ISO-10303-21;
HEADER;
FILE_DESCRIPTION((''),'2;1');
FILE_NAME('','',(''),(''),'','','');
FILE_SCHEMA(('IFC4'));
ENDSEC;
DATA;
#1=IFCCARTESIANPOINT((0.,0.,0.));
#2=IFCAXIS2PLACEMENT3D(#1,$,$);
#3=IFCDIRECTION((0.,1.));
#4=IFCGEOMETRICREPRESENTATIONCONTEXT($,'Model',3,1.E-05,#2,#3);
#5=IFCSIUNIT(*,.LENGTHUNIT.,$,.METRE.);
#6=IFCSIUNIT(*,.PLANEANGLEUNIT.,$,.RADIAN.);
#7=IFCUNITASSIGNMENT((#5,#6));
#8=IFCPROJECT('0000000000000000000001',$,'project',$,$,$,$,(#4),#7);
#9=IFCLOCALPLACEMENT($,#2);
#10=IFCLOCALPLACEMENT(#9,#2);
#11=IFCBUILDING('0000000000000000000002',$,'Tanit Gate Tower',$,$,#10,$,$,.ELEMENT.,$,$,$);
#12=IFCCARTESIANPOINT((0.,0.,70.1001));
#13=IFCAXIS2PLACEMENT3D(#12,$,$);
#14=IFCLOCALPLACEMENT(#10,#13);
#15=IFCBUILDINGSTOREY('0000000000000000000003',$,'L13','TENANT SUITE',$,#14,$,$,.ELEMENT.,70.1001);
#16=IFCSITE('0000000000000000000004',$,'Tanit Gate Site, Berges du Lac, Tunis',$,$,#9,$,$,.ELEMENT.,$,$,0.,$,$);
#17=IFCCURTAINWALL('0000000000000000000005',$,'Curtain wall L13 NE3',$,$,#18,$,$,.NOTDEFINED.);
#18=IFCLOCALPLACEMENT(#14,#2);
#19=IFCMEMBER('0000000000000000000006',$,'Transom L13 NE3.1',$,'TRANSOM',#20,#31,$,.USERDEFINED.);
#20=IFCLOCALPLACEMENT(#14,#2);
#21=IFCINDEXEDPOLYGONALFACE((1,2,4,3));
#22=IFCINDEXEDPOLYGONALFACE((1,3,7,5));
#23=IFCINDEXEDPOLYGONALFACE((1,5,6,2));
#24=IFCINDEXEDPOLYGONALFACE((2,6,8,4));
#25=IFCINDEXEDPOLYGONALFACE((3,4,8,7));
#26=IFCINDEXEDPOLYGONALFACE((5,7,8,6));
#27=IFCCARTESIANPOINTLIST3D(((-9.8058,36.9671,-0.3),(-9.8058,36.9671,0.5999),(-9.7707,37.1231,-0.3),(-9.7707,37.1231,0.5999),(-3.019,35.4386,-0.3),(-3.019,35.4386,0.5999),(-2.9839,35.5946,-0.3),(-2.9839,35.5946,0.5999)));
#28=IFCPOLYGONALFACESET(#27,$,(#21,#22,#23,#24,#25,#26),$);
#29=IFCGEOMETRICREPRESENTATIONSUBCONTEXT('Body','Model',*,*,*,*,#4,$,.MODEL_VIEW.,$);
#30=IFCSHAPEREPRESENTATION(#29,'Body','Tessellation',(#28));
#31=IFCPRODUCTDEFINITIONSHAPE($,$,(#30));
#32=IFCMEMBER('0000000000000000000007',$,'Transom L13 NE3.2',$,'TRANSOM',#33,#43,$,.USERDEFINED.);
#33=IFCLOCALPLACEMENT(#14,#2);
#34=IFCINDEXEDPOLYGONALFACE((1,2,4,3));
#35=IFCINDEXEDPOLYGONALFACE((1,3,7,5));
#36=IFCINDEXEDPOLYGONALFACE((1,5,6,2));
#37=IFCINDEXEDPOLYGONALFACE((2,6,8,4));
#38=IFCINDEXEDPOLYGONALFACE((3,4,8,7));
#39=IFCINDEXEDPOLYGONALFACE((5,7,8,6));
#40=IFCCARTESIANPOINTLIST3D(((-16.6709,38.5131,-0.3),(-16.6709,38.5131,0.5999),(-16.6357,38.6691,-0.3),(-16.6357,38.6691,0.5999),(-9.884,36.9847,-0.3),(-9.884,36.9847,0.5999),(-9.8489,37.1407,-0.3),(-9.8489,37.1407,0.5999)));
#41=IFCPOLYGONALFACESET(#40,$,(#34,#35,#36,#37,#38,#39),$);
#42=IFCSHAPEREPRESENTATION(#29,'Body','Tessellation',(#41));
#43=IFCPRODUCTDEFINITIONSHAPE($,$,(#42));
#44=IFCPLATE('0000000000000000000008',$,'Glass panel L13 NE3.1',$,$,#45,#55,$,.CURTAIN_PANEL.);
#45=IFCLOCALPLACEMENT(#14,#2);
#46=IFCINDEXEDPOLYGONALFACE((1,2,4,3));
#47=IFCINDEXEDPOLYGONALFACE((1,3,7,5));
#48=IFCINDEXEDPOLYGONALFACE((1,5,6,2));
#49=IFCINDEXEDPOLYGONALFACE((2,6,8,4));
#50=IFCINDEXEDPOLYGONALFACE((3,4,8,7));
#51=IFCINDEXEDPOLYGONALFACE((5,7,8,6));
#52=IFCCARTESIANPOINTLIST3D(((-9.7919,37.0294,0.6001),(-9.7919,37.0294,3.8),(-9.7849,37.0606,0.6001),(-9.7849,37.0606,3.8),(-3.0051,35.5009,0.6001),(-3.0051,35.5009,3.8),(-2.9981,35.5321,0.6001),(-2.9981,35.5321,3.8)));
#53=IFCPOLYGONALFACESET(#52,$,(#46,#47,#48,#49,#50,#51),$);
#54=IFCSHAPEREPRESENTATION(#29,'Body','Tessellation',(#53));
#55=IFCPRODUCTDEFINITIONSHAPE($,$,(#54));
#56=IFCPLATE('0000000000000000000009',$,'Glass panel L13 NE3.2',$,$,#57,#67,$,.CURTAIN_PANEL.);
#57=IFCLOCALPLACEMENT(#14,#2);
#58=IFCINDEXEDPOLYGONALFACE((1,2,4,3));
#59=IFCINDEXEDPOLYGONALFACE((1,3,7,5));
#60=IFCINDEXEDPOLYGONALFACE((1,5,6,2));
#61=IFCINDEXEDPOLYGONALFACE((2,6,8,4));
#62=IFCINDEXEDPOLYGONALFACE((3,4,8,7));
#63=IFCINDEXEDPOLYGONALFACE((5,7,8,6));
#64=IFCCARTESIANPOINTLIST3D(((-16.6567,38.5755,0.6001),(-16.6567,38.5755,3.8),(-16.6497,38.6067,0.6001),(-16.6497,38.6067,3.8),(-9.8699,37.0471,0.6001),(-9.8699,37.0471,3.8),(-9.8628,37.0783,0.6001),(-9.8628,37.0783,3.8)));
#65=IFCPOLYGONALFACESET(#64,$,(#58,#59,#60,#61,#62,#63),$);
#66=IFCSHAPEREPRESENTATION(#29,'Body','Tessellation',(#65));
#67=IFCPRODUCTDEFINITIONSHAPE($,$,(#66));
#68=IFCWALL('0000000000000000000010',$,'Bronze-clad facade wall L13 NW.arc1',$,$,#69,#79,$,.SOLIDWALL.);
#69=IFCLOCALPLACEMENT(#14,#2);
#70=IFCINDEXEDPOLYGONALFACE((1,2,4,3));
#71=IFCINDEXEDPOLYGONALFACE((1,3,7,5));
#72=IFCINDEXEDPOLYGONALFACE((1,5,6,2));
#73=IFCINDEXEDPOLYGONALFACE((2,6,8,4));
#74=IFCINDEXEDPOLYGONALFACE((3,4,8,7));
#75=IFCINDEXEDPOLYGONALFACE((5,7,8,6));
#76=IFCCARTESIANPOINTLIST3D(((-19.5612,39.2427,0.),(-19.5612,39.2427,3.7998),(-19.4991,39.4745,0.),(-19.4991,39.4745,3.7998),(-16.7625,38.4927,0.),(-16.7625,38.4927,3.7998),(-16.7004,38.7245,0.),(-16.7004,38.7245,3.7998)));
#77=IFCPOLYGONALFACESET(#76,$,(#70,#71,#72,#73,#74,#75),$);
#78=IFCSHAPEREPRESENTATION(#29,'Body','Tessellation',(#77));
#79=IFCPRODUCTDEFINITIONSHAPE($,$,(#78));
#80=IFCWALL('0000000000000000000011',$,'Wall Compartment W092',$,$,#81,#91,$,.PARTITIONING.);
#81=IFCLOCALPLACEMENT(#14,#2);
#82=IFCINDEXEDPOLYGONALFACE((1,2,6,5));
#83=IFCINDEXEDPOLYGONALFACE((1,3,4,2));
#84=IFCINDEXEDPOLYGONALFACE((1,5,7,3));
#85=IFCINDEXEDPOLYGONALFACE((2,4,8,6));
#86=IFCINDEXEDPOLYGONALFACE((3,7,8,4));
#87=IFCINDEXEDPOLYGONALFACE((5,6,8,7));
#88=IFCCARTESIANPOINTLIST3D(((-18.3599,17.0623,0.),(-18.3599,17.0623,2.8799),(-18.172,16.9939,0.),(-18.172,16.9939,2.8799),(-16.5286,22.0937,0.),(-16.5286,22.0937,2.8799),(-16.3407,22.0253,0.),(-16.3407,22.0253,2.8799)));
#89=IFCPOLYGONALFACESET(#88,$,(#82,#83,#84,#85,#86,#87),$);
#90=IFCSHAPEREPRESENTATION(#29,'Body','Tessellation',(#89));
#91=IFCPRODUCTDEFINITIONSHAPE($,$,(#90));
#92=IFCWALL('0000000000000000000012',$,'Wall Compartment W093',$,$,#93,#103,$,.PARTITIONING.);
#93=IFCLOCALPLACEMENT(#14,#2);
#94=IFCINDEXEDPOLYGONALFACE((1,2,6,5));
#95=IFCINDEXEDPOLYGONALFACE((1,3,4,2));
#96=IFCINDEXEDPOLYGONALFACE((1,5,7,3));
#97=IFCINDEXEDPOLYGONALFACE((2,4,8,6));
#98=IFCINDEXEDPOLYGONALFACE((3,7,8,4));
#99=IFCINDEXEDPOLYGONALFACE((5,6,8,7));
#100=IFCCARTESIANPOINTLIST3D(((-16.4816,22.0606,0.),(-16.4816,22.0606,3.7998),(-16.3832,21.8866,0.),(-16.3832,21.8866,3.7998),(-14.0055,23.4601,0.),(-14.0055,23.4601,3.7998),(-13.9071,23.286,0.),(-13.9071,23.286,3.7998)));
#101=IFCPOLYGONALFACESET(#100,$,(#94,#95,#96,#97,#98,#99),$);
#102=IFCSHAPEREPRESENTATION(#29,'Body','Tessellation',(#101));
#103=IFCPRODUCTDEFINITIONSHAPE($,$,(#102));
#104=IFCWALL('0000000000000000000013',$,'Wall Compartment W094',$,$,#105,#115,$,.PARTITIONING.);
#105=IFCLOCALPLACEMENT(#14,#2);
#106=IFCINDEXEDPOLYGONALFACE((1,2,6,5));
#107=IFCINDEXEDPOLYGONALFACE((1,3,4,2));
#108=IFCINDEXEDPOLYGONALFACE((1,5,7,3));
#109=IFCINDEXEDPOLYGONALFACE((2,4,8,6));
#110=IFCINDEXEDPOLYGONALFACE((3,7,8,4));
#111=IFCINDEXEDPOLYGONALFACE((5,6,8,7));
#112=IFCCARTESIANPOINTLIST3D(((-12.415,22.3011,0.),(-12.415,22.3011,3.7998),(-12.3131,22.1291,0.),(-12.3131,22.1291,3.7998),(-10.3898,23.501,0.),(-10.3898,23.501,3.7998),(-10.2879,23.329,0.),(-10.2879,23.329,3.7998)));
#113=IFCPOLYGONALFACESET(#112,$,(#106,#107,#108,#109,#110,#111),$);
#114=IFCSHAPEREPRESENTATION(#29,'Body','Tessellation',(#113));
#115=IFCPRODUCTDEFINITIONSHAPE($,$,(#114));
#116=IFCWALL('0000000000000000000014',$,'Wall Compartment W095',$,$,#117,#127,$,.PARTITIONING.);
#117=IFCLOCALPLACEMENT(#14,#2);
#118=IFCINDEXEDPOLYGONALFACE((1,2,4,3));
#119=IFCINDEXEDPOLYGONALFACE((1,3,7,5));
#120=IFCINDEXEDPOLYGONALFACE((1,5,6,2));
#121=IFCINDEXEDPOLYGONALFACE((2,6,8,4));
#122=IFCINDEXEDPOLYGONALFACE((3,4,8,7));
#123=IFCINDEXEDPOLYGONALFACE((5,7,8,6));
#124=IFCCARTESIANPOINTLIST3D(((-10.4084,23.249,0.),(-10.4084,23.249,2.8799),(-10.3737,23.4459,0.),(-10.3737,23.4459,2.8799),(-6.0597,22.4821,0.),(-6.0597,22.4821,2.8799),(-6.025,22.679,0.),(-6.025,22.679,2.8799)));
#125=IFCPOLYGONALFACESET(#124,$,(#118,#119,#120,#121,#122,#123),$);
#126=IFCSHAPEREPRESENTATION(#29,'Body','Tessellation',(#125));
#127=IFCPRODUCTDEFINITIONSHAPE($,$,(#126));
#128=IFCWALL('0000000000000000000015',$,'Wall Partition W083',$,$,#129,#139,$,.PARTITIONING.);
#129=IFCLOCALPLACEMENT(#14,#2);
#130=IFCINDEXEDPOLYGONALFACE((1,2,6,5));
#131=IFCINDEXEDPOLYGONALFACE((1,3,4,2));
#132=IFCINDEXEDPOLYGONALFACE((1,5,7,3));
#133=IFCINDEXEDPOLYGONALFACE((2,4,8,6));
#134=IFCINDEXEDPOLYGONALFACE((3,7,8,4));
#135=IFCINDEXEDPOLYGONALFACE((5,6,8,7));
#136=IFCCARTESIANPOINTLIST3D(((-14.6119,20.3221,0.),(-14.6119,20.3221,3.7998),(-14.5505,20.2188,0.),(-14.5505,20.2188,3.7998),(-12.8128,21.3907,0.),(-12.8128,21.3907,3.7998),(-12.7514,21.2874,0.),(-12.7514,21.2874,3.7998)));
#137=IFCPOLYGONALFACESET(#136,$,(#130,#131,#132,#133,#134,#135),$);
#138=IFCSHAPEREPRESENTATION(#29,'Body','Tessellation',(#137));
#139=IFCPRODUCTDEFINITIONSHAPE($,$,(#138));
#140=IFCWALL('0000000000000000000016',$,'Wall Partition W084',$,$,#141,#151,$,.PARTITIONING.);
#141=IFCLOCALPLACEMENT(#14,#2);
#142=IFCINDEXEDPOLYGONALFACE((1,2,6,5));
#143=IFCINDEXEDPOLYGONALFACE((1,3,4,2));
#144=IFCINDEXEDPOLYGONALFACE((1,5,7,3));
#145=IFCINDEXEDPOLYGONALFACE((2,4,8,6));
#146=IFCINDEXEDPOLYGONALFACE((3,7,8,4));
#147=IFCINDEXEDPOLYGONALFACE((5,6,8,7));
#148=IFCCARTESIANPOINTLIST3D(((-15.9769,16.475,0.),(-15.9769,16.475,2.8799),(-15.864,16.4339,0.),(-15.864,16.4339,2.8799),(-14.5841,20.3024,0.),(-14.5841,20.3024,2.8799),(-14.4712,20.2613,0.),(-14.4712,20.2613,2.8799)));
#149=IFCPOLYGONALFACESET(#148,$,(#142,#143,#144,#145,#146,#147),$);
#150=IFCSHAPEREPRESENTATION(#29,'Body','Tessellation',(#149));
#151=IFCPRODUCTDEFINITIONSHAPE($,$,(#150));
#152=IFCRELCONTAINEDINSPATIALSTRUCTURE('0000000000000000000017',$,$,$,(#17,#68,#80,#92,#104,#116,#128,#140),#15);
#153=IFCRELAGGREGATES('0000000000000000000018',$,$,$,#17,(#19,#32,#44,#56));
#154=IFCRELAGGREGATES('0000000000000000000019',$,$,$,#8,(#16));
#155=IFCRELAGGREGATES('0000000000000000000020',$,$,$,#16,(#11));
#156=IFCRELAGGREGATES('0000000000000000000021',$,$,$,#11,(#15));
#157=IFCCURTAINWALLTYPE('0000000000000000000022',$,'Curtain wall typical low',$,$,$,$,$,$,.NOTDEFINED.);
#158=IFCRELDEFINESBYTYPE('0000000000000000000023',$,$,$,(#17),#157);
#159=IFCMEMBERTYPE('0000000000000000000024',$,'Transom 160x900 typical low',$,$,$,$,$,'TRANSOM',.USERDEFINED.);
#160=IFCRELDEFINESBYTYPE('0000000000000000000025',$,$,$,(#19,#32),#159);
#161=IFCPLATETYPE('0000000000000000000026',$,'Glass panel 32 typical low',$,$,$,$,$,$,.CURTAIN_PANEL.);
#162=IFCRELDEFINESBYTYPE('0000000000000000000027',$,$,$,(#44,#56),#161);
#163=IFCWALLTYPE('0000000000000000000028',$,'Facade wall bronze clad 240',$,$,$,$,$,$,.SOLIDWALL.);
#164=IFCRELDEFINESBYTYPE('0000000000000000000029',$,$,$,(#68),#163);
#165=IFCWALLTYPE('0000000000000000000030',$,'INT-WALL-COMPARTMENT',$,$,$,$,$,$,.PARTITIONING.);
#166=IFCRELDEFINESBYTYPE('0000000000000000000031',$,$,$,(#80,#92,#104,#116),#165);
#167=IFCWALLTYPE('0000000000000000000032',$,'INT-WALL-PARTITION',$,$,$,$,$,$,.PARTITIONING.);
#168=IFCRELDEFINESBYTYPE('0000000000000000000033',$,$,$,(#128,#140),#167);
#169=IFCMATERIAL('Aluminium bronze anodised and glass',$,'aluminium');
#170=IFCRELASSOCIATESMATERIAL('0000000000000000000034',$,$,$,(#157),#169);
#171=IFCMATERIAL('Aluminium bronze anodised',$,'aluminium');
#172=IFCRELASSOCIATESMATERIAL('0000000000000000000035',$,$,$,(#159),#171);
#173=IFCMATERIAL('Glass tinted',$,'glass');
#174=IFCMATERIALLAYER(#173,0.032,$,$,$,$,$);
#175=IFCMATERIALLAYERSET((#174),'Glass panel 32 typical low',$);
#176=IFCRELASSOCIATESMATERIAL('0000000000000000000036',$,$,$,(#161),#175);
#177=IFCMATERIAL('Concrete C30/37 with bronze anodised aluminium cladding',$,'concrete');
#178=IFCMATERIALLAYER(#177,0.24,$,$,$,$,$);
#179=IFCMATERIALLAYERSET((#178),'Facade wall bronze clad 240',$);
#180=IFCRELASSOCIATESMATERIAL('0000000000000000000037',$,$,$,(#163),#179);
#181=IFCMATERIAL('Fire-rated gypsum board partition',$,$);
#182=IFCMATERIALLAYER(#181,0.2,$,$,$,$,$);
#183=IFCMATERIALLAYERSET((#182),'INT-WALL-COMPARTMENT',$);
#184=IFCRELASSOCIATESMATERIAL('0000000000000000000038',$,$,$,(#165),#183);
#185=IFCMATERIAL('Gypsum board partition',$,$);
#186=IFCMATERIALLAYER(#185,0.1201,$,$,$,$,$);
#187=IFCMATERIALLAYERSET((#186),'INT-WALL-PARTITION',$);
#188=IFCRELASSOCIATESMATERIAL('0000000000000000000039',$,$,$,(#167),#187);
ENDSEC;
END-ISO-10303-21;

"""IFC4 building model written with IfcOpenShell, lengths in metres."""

from ifc_helpers import new_model, si_unit, direction, frame, frame_2d, origin, origin_2d, place, context, subcontext, project, spatial, rectangle, extrude, material, layer, layer_set, material_profile, profile_set, type_object, element, aggregate, save


model = new_model("IFC4")

# Units and contexts
model_context = context("Model", 3, precision=1e-05, world=origin(), true_north=direction((0.0, 1.0)))
body_context = subcontext(model_context, "Body", "Model", "MODEL_VIEW")
ifc_project = project(units=[si_unit("LENGTHUNIT", "METRE"), si_unit("PLANEANGLEUNIT", "RADIAN")], contexts=[model_context])

# Site, building, storey
site_placement = place(None, origin())
site = spatial("IfcSite", under=ifc_project, at=site_placement, Name="Tanit Gate Site, Berges du Lac, Tunis", CompositionType="ELEMENT", RefElevation=0.0)
building_placement = place(site_placement, origin())
building = spatial("IfcBuilding", under=site, at=building_placement, Name="Tanit Gate Tower", CompositionType="ELEMENT")
storey_placement = place(building_placement, frame((0.0, 0.0, 70.1001)))
storey = spatial("IfcBuildingStorey", under=building, at=storey_placement, Name="L13", Description="TENANT SUITE", CompositionType="ELEMENT", Elevation=70.1001)

# Curtain wall
ifc_material_1 = material(Name="Aluminium bronze anodised and glass", Category="aluminium")
curtain_wall_type = type_object("IfcCurtainWallType", Name="Curtain wall typical low", PredefinedType="NOTDEFINED", material=ifc_material_1)
curtain_wall_1_placement = place(storey_placement, origin())
curtain_wall_1 = element("IfcCurtainWall", 1, at=curtain_wall_1_placement, inside=storey, type_object=curtain_wall_type, Name="Curtain wall L13 NE3", PredefinedType="NOTDEFINED")

# Members
ifc_material_2 = material(Name="Aluminium bronze anodised", Category="aluminium")
ifc_material_profile_1 = material_profile(ifc_material_2, rectangle(XDim=0.1599, YDim=0.8999, at=origin_2d()), Name="160x900 bronze transom")
ifc_profile_set_1 = profile_set([ifc_material_profile_1], Name="Aluminium bronze anodised")
member_type_1 = type_object("IfcMemberType", Name="Transom 160x900 typical low", ElementType="TRANSOM", PredefinedType="USERDEFINED", material=ifc_profile_set_1)
member_1_placement = place(storey_placement, frame((-3.0015, 35.5166, 0.1499), z_axis=(-0.975563, 0.21972, 0.0), x_axis=(-0.21972, -0.975563, 0.0)))
member_1 = element("IfcMember", 2, at=member_1_placement, type_object=member_type_1, Name="Transom L13 NE3.1", ObjectType="TRANSOM", PredefinedType="USERDEFINED", context=body_context, shape_type="SweptSolid", body=[
    extrude(rectangle(XDim=0.1599, YDim=0.8999, at=origin_2d()), origin(), (0.0, 0.0, 1.0), 6.9568),
])
member_2_placement = place(storey_placement, frame((-9.8665, 37.0627, 0.1499), z_axis=(-0.97557, 0.219687, 0.0), x_axis=(-0.219687, -0.97557, 0.0)))
member_2 = element("IfcMember", 3, at=member_2_placement, type_object=member_type_1, Name="Transom L13 NE3.2", ObjectType="TRANSOM", PredefinedType="USERDEFINED", context=body_context, shape_type="SweptSolid", body=[
    extrude(rectangle(XDim=0.1599, YDim=0.8999, at=origin_2d()), origin(), (0.0, 0.0, 1.0), 6.9568),
])

# Plates
ifc_material_3 = material(Name="Glass tinted", Category="glass")
ifc_layer_1 = layer(ifc_material_3, 0.032)
ifc_layer_set_1 = layer_set([ifc_layer_1], Name="Glass panel 32 typical low")
plate_type = type_object("IfcPlateType", Name="Glass panel 32 typical low", PredefinedType="CURTAIN_PANEL", material=ifc_layer_set_1)
plate_1_placement = place(storey_placement, frame((-6.395, 36.2808, 0.6001), z_axis=(0.0, 0.0, 1.0), x_axis=(-0.975566, 0.219705, 0.0)))
plate_1 = element("IfcPlate", 4, at=plate_1_placement, type_object=plate_type, Name="Glass panel L13 NE3.1", PredefinedType="CURTAIN_PANEL", context=body_context, shape_type="SweptSolid", body=[
    extrude(rectangle(XDim=6.9568, YDim=0.032, at=origin_2d()), origin(), (0.0, 0.0, 1.0), 3.2),
])
plate_2_placement = place(storey_placement, frame((-13.2598, 37.8269, 0.6001), z_axis=(0.0, 0.0, 1.0), x_axis=(-0.975566, 0.219705, 0.0)))
plate_2 = element("IfcPlate", 5, at=plate_2_placement, type_object=plate_type, Name="Glass panel L13 NE3.2", PredefinedType="CURTAIN_PANEL", context=body_context, shape_type="SweptSolid", body=[
    extrude(rectangle(XDim=6.9568, YDim=0.032, at=origin_2d()), origin(), (0.0, 0.0, 1.0), 3.2),
])
aggregate(curtain_wall_1, [member_1, member_2, plate_1, plate_2])

# Walls
ifc_material_4 = material(Name="Concrete C30/37 with bronze anodised aluminium cladding", Category="concrete")
ifc_layer_2 = layer(ifc_material_4, 0.24)
ifc_layer_set_2 = layer_set([ifc_layer_2], Name="Facade wall bronze clad 240")
wall_type_1 = type_object("IfcWallType", Name="Facade wall bronze clad 240", PredefinedType="SOLIDWALL", material=ifc_layer_set_2)
wall_1_placement = place(storey_placement, frame((-16.7314, 38.6086, 0.0), z_axis=(0.0, 0.0, 1.0), x_axis=(-0.965921, 0.258837, 0.0)))
element("IfcWall", 6, at=wall_1_placement, inside=storey, type_object=wall_type_1, Name="Bronze-clad facade wall L13 NW.arc1", PredefinedType="SOLIDWALL", context=body_context, shape_type="SweptSolid", body=[
    extrude(rectangle(XDim=2.8975, YDim=0.24, at=frame_2d((1.4487, 0.0))), origin(), (0.0, 0.0, 1.0), 3.7998),
])
ifc_material_5 = material(Name="Fire-rated gypsum board partition")
ifc_layer_3 = layer(ifc_material_5, 0.2)
ifc_layer_set_3 = layer_set([ifc_layer_3], Name="INT-WALL-COMPARTMENT")
wall_type_2 = type_object("IfcWallType", Name="INT-WALL-COMPARTMENT", PredefinedType="PARTITIONING", material=ifc_layer_set_3)
wall_2_placement = place(storey_placement, frame((-16.4346, 22.0596, 0.0), z_axis=(0.0, 0.0, 1.0), x_axis=(-0.342032, -0.939688, 0.0)))
element("IfcWall", 7, at=wall_2_placement, inside=storey, type_object=wall_type_2, Name="Wall Compartment W092", PredefinedType="PARTITIONING", context=body_context, shape_type="SweptSolid", body=[
    extrude(rectangle(XDim=5.3542, YDim=0.2, at=frame_2d((2.6772, 0.0))), origin(), (0.0, 0.0, 1.0), 2.8799),
])
wall_3_placement = place(storey_placement, frame((-13.9563, 23.373, 0.0), z_axis=(0.0, 0.0, 1.0), x_axis=(-0.870579, -0.492029, 0.0)))
element("IfcWall", 8, at=wall_3_placement, inside=storey, type_object=wall_type_2, Name="Wall Compartment W093", PredefinedType="PARTITIONING", context=body_context, shape_type="SweptSolid", body=[
    extrude(rectangle(XDim=2.8442, YDim=0.2, at=frame_2d((1.4221, 0.0))), origin(), (0.0, 0.0, 1.0), 3.7998),
])
wall_4_placement = place(storey_placement, frame((-10.3389, 23.415, 0.0), z_axis=(0.0, 0.0, 1.0), x_axis=(-0.860317, -0.50976, 0.0)))
element("IfcWall", 9, at=wall_4_placement, inside=storey, type_object=wall_type_2, Name="Wall Compartment W094", PredefinedType="PARTITIONING", context=body_context, shape_type="SweptSolid", body=[
    extrude(rectangle(XDim=2.354, YDim=0.2, at=frame_2d((1.177, 0.0))), origin(), (0.0, 0.0, 1.0), 3.7998),
])
wall_5_placement = place(storey_placement, frame((-6.0422, 22.5806, 0.0), z_axis=(0.0, 0.0, 1.0), x_axis=(-0.984805, 0.173662, 0.0)))
element("IfcWall", 10, at=wall_5_placement, inside=storey, type_object=wall_type_2, Name="Wall Compartment W095", PredefinedType="PARTITIONING", context=body_context, shape_type="SweptSolid", body=[
    extrude(rectangle(XDim=4.4158, YDim=0.2, at=frame_2d((2.208, 0.0))), origin(), (0.0, 0.0, 1.0), 2.8799),
])
ifc_material_6 = material(Name="Gypsum board partition")
ifc_layer_4 = layer(ifc_material_6, 0.1201)
ifc_layer_set_4 = layer_set([ifc_layer_4], Name="INT-WALL-PARTITION")
wall_type_3 = type_object("IfcWallType", Name="INT-WALL-PARTITION", PredefinedType="PARTITIONING", material=ifc_layer_set_4)
wall_6_placement = place(storey_placement, frame((-12.782, 21.3391, 0.0), z_axis=(0.0, 0.0, 1.0), x_axis=(-0.85977, -0.510682, 0.0)))
element("IfcWall", 11, at=wall_6_placement, inside=storey, type_object=wall_type_3, Name="Wall Partition W083", PredefinedType="PARTITIONING", context=body_context, shape_type="SweptSolid", body=[
    extrude(rectangle(XDim=2.0925, YDim=0.1201, at=frame_2d((1.0464, 0.0))), origin(), (0.0, 0.0, 1.0), 3.7998),
])
wall_7_placement = place(storey_placement, frame((-14.5276, 20.282, 0.0), z_axis=(0.0, 0.0, 1.0), x_axis=(-0.341969, -0.939711, 0.0)))
element("IfcWall", 12, at=wall_7_placement, inside=storey, type_object=wall_type_3, Name="Wall Partition W084", PredefinedType="PARTITIONING", context=body_context, shape_type="SweptSolid", body=[
    extrude(rectangle(XDim=4.073, YDim=0.1201, at=frame_2d((2.0366, 0.0))), origin(), (0.0, 0.0, 1.0), 2.8799),
])

save(model, "model.ifc")
